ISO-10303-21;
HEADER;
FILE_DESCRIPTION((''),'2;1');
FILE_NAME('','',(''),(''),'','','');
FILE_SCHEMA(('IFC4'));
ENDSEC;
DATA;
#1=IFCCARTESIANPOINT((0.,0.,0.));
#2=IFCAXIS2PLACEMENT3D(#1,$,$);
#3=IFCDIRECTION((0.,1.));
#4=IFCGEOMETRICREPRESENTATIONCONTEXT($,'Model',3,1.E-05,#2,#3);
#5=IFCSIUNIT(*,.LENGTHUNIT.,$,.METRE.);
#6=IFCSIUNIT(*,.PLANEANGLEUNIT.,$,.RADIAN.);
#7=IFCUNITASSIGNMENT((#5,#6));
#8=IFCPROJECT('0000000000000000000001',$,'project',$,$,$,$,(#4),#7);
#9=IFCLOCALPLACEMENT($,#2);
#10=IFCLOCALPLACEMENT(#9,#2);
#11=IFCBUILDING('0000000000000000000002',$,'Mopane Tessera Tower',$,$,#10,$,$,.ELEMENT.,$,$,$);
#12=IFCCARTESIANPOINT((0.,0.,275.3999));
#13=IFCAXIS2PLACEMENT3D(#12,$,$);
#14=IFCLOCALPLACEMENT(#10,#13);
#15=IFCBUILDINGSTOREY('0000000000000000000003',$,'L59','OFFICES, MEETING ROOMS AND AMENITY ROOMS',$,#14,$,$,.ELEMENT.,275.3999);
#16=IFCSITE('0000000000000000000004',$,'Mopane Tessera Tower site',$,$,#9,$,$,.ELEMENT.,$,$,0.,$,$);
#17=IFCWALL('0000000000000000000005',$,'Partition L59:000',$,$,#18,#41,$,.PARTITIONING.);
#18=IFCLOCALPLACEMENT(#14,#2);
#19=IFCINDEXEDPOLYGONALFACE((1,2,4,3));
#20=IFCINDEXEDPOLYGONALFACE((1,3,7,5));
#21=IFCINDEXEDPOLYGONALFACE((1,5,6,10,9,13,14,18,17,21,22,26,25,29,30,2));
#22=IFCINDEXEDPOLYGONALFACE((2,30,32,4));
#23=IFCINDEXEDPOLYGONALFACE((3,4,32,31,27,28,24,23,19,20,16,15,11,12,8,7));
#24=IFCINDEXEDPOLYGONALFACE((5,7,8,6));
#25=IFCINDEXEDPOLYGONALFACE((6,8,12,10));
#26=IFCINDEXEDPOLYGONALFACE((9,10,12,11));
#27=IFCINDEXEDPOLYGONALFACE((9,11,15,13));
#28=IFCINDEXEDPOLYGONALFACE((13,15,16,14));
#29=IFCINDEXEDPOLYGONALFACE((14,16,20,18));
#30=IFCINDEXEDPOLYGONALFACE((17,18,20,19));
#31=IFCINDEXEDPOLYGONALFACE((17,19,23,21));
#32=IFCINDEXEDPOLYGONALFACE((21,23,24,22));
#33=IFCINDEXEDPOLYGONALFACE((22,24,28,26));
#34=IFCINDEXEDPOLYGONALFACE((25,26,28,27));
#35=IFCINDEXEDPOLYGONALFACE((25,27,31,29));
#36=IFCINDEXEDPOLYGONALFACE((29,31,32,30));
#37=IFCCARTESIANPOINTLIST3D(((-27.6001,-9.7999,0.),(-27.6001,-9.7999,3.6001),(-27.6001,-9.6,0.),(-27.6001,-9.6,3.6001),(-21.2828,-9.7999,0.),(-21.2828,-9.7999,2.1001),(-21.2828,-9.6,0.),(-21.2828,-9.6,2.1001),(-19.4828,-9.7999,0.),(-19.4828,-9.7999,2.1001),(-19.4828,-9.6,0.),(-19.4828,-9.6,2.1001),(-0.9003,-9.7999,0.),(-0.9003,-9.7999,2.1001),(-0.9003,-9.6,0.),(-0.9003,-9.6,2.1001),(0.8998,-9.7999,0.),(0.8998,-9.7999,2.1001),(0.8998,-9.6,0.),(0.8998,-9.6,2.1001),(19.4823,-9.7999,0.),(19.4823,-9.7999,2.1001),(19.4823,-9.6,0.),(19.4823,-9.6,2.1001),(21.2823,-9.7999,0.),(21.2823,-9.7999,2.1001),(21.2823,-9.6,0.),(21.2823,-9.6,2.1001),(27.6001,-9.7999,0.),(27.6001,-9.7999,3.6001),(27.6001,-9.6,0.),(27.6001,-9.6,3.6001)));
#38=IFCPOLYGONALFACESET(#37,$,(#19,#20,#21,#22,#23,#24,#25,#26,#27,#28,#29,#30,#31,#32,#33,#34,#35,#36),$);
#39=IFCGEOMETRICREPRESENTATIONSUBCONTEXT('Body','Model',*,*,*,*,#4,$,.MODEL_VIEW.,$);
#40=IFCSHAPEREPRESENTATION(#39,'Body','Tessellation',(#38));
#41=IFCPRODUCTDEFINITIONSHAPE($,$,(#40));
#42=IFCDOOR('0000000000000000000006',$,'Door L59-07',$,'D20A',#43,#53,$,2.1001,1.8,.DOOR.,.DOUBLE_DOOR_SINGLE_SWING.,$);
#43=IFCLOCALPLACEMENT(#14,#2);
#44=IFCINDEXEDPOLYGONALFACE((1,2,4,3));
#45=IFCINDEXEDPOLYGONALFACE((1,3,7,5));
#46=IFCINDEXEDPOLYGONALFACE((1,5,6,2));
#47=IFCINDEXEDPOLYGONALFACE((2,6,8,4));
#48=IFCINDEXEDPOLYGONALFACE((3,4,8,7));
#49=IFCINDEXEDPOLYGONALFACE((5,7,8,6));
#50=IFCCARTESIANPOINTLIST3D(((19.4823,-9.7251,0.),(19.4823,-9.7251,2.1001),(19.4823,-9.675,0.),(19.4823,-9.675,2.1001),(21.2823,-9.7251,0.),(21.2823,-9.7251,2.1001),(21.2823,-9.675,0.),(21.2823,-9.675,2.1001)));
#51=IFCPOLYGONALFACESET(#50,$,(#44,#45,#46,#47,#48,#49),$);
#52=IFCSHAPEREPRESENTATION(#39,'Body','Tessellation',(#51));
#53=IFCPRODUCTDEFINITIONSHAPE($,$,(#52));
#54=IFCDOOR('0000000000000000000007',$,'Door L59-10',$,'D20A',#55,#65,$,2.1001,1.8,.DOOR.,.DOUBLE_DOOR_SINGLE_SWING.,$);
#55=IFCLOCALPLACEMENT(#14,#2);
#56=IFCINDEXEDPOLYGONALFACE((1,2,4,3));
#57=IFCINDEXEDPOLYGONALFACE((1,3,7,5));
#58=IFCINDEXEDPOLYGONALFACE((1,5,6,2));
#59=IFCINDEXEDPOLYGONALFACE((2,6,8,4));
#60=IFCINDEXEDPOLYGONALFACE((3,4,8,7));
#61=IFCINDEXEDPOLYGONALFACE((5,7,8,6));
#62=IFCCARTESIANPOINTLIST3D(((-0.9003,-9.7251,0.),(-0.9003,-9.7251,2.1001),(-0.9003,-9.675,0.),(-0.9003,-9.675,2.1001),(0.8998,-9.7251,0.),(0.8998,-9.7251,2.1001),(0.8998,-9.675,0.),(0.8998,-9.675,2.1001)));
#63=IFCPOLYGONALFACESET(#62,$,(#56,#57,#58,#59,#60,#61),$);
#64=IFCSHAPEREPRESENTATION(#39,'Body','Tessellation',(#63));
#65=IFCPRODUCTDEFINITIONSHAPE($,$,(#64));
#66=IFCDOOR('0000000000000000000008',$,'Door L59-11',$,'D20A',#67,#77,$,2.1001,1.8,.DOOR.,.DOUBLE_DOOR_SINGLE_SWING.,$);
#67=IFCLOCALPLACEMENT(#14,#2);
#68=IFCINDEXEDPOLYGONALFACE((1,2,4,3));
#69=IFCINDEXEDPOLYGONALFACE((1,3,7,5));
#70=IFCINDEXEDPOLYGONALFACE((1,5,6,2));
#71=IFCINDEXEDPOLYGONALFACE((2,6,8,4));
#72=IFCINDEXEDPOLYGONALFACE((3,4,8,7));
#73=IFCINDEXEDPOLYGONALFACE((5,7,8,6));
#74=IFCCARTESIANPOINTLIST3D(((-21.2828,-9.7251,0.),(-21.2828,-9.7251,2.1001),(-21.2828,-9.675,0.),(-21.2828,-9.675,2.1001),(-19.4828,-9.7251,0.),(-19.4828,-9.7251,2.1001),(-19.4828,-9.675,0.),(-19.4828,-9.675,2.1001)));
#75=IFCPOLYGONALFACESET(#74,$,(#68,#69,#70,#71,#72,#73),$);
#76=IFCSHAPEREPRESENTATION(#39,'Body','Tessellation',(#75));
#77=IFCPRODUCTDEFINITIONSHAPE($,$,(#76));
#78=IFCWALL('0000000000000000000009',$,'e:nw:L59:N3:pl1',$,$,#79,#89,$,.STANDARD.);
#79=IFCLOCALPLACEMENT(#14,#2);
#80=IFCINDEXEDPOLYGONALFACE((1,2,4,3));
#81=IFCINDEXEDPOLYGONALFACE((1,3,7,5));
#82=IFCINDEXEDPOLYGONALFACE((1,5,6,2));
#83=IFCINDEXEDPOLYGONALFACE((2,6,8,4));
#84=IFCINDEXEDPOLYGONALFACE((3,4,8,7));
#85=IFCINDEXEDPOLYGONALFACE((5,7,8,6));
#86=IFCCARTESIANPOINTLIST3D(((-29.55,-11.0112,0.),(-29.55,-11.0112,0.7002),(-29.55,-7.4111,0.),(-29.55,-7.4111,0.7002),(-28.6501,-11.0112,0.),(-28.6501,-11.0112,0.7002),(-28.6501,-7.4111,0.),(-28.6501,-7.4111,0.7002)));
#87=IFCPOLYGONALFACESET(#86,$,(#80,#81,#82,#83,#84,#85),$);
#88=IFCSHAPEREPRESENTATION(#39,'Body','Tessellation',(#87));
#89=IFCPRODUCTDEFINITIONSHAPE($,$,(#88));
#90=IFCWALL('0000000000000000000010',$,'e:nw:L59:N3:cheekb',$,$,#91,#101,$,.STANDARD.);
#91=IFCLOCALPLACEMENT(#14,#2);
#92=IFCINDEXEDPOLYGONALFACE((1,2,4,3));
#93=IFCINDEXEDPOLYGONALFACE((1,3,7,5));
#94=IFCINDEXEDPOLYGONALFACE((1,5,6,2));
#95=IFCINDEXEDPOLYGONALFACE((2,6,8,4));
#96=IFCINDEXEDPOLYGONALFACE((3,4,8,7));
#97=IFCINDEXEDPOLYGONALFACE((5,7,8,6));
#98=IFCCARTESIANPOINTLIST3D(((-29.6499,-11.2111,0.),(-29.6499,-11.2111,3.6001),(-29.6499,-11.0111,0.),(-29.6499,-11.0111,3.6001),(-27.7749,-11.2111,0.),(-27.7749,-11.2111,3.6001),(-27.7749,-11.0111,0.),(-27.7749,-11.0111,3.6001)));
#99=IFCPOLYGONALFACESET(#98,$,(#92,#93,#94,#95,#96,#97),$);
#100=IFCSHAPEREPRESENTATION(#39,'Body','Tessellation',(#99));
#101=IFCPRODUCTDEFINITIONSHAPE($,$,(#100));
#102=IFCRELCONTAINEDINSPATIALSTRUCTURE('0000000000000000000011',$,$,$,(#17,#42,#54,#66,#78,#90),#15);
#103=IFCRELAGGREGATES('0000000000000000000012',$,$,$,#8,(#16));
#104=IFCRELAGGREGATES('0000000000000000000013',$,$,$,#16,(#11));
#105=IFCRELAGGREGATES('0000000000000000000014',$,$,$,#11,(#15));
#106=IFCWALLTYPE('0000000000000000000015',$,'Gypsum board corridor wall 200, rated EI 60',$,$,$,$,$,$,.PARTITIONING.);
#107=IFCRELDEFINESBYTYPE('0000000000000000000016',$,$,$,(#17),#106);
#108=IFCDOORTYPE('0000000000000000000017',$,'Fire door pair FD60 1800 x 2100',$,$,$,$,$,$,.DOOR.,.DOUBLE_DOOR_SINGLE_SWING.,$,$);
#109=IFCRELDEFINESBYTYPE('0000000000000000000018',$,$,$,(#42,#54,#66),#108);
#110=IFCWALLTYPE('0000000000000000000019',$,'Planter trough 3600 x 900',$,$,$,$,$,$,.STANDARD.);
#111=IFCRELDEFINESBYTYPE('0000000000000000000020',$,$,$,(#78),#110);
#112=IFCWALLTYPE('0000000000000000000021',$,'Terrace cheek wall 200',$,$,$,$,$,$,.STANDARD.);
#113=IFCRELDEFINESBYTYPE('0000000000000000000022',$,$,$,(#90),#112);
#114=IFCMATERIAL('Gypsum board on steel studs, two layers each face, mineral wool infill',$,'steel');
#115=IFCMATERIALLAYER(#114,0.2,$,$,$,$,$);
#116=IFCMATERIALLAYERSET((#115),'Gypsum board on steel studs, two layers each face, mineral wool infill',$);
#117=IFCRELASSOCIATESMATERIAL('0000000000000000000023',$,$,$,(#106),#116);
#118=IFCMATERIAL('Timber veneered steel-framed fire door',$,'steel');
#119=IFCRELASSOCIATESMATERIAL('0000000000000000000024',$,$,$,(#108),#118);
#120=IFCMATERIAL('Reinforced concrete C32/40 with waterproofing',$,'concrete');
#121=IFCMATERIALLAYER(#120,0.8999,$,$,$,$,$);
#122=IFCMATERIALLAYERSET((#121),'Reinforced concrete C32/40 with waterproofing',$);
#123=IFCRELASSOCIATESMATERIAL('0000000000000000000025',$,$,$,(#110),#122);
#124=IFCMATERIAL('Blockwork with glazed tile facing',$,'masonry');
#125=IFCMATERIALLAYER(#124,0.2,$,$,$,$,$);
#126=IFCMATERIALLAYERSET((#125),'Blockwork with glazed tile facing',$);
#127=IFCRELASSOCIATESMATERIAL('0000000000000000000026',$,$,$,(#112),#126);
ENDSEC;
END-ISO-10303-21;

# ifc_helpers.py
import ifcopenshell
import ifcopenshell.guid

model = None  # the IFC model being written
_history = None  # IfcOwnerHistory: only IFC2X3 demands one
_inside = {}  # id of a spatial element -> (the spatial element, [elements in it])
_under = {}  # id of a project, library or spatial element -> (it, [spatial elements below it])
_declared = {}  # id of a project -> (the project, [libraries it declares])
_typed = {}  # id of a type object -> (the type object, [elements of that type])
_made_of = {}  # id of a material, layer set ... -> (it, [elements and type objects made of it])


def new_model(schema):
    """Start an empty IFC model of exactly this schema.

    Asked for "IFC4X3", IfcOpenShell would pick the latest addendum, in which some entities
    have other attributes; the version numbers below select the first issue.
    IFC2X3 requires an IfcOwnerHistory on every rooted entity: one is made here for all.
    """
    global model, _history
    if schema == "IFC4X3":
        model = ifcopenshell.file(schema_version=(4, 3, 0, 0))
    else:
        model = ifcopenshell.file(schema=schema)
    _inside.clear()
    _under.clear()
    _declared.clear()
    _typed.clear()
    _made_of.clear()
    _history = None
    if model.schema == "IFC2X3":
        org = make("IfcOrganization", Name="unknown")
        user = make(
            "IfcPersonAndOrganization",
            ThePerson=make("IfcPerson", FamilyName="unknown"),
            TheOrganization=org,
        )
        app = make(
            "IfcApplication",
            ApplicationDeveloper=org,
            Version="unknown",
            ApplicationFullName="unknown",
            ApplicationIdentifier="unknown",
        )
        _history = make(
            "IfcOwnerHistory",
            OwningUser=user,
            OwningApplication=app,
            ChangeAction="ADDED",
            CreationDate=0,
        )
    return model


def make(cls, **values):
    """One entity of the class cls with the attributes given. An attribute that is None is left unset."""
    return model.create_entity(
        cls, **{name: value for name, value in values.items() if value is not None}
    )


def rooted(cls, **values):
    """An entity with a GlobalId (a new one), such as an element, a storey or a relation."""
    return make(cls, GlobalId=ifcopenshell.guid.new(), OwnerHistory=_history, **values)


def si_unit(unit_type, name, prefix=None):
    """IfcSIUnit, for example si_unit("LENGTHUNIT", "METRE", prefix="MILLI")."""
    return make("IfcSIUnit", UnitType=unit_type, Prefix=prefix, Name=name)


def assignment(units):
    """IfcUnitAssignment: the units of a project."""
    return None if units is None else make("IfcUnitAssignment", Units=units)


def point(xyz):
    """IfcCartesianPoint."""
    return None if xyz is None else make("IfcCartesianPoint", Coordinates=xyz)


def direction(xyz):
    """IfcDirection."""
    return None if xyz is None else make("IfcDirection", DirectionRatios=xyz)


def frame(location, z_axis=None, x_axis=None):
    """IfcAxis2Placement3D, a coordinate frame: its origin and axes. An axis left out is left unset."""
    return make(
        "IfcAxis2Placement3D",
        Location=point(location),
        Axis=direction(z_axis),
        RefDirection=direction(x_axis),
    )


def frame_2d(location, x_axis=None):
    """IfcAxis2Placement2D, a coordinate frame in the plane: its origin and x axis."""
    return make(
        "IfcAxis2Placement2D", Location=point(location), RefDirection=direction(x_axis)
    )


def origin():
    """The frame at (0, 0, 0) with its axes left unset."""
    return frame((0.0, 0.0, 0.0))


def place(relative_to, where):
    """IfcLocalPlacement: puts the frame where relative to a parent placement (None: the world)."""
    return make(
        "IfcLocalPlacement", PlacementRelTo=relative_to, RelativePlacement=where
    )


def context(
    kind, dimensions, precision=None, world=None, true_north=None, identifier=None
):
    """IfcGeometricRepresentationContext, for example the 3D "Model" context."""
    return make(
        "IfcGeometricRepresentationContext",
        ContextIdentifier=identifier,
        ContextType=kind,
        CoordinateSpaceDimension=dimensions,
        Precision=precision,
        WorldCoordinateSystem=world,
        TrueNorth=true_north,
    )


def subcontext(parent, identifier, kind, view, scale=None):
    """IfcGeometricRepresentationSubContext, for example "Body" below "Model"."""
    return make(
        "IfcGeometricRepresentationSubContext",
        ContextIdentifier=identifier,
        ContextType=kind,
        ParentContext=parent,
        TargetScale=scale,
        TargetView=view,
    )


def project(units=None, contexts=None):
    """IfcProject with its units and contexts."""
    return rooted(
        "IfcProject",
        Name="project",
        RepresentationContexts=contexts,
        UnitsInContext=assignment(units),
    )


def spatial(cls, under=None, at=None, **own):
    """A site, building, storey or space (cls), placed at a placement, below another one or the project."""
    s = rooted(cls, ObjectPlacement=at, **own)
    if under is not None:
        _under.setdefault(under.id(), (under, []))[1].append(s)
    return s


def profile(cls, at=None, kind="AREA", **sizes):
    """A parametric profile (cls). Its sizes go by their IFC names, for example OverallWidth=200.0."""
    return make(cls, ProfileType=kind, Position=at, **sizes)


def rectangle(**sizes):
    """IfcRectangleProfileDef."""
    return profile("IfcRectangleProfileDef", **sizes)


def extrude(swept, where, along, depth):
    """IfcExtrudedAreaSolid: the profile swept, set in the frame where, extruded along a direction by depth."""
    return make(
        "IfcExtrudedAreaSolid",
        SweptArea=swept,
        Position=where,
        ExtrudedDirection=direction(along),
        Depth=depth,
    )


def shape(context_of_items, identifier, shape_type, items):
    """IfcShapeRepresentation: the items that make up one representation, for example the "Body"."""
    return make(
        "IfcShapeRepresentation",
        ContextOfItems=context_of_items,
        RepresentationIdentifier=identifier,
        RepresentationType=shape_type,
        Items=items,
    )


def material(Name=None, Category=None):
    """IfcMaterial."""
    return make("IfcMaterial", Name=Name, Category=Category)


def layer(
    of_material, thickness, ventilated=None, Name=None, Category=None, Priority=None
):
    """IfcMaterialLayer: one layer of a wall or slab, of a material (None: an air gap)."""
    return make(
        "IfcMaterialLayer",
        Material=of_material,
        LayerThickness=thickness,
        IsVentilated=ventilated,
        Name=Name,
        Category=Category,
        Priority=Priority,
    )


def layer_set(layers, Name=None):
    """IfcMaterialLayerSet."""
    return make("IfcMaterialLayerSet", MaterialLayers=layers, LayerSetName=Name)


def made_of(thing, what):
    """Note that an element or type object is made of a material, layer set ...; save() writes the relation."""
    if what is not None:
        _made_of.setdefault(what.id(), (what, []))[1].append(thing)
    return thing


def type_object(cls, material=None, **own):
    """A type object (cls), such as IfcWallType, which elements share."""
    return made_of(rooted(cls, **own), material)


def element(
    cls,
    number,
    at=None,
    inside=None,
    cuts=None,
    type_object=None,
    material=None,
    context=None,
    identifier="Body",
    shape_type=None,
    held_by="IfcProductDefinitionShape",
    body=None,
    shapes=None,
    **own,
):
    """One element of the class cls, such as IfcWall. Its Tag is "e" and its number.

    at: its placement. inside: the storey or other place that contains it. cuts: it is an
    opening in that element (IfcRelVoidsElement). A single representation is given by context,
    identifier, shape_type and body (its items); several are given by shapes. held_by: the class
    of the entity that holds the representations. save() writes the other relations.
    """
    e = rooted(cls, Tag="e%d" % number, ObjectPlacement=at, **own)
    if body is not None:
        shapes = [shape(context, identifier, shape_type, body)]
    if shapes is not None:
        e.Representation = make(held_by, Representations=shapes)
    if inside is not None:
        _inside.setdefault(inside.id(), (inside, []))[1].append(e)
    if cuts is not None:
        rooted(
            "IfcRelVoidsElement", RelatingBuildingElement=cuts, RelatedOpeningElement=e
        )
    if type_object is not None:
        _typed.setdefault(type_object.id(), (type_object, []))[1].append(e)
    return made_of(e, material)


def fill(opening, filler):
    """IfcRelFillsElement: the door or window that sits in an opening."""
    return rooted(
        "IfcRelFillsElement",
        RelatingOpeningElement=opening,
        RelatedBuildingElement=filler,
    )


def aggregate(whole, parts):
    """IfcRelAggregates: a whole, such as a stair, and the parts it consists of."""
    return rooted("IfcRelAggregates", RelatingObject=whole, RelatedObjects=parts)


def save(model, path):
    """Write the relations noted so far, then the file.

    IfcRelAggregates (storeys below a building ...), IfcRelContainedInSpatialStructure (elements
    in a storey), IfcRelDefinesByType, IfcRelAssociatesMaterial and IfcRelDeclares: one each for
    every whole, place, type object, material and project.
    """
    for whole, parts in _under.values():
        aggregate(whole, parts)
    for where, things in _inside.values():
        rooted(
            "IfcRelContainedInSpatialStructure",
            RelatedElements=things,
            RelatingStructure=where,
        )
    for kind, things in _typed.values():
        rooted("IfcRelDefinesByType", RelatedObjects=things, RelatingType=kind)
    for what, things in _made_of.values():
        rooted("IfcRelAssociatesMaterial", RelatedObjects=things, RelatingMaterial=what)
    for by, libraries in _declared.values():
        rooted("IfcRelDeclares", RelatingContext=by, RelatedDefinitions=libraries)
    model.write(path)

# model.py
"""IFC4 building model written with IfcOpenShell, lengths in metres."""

from ifc_helpers import new_model, si_unit, direction, frame, frame_2d, origin, place, context, subcontext, project, spatial, rectangle, extrude, material, layer, layer_set, type_object, element, fill, save


model = new_model("IFC4")

# Units and contexts
model_context = context("Model", 3, precision=1e-05, world=origin(), true_north=direction((0.0, 1.0)))
body_context = subcontext(model_context, "Body", "Model", "MODEL_VIEW")
ifc_project = project(units=[si_unit("LENGTHUNIT", "METRE"), si_unit("PLANEANGLEUNIT", "RADIAN")], contexts=[model_context])

# Site, building, storey
site_placement = place(None, origin())
site = spatial("IfcSite", under=ifc_project, at=site_placement, Name="Mopane Tessera Tower site", CompositionType="ELEMENT", RefElevation=0.0)
building_placement = place(site_placement, origin())
building = spatial("IfcBuilding", under=site, at=building_placement, Name="Mopane Tessera Tower", CompositionType="ELEMENT")
storey_placement = place(building_placement, frame((0.0, 0.0, 275.3999)))
storey = spatial("IfcBuildingStorey", under=building, at=storey_placement, Name="L59", Description="OFFICES, MEETING ROOMS AND AMENITY ROOMS", CompositionType="ELEMENT", Elevation=275.3999)

# Wall, openings, doors
ifc_material_1 = material(Name="Gypsum board on steel studs, two layers each face, mineral wool infill", Category="steel")
ifc_layer_1 = layer(ifc_material_1, 0.2)
ifc_layer_set_1 = layer_set([ifc_layer_1], Name="Gypsum board on steel studs, two layers each face, mineral wool infill")
wall_type_1 = type_object("IfcWallType", Name="Gypsum board corridor wall 200, rated EI 60", PredefinedType="PARTITIONING", material=ifc_layer_set_1)
wall_1_placement = place(storey_placement, frame((-27.6001, -9.7, 0.0), z_axis=(0.0, 0.0, 1.0), x_axis=(1.0, 0.0, 0.0)))
wall_1 = element("IfcWall", 1, at=wall_1_placement, inside=storey, type_object=wall_type_1, Name="Partition L59:000", PredefinedType="PARTITIONING", context=body_context, shape_type="SweptSolid", body=[
    extrude(rectangle(XDim=55.2002, YDim=0.2, at=frame_2d((27.6001, 0.0))), origin(), (0.0, 0.0, 1.0), 3.6001),
])
opening_1_placement = place(wall_1_placement, frame((47.0825, 0.0, 0.0)))
opening_1 = element("IfcOpeningElement", 2, at=opening_1_placement, cuts=wall_1, PredefinedType="OPENING", context=body_context, shape_type="SweptSolid", body=[
    extrude(rectangle(XDim=1.8, YDim=2.1001, at=frame_2d((0.8999, 1.05))), frame((0.0, 0.1121, 0.0), z_axis=(0.0, -1.0, 0.0), x_axis=(1.0, 0.0, 0.0)), (0.0, 0.0, 1.0), 0.2239),
])
opening_2_placement = place(wall_1_placement, frame((26.7, 0.0, 0.0)))
opening_2 = element("IfcOpeningElement", 3, at=opening_2_placement, cuts=wall_1, PredefinedType="OPENING", context=body_context, shape_type="SweptSolid", body=[
    extrude(rectangle(XDim=1.8, YDim=2.1001, at=frame_2d((0.8999, 1.05))), frame((0.0, 0.1121, 0.0), z_axis=(0.0, -1.0, 0.0), x_axis=(1.0, 0.0, 0.0)), (0.0, 0.0, 1.0), 0.2239),
])
opening_3_placement = place(wall_1_placement, frame((6.3174, 0.0, 0.0)))
opening_3 = element("IfcOpeningElement", 4, at=opening_3_placement, cuts=wall_1, PredefinedType="OPENING", context=body_context, shape_type="SweptSolid", body=[
    extrude(rectangle(XDim=1.8, YDim=2.1001, at=frame_2d((0.8999, 1.05))), frame((0.0, 0.1121, 0.0), z_axis=(0.0, -1.0, 0.0), x_axis=(1.0, 0.0, 0.0)), (0.0, 0.0, 1.0), 0.2239),
])
ifc_material_2 = material(Name="Timber veneered steel-framed fire door", Category="steel")
door_type = type_object("IfcDoorType", Name="Fire door pair FD60 1800 x 2100", OperationType="DOUBLE_DOOR_SINGLE_SWING", PredefinedType="DOOR", material=ifc_material_2)
door_1_placement = place(opening_1_placement, origin())
door_1 = element("IfcDoor", 5, at=door_1_placement, inside=storey, type_object=door_type, Name="Door L59-07", ObjectType="D20A", OperationType="DOUBLE_DOOR_SINGLE_SWING", OverallHeight=2.1001, OverallWidth=1.8, PredefinedType="DOOR", context=body_context, shape_type="SweptSolid", body=[
    extrude(rectangle(XDim=1.8, YDim=2.1001, at=frame_2d((0.8999, 1.05))), frame((0.0, 0.0249, 0.0), z_axis=(0.0, -1.0, 0.0), x_axis=(1.0, 0.0, 0.0)), (0.0, 0.0, 1.0), 0.05),
])
fill(opening_1, door_1)
door_2_placement = place(opening_2_placement, origin())
door_2 = element("IfcDoor", 6, at=door_2_placement, inside=storey, type_object=door_type, Name="Door L59-10", ObjectType="D20A", OperationType="DOUBLE_DOOR_SINGLE_SWING", OverallHeight=2.1001, OverallWidth=1.8, PredefinedType="DOOR", context=body_context, shape_type="SweptSolid", body=[
    extrude(rectangle(XDim=1.8, YDim=2.1001, at=frame_2d((0.8999, 1.05))), frame((0.0, 0.0249, 0.0), z_axis=(0.0, -1.0, 0.0), x_axis=(1.0, 0.0, 0.0)), (0.0, 0.0, 1.0), 0.05),
])
fill(opening_2, door_2)
door_3_placement = place(opening_3_placement, origin())
door_3 = element("IfcDoor", 7, at=door_3_placement, inside=storey, type_object=door_type, Name="Door L59-11", ObjectType="D20A", OperationType="DOUBLE_DOOR_SINGLE_SWING", OverallHeight=2.1001, OverallWidth=1.8, PredefinedType="DOOR", context=body_context, shape_type="SweptSolid", body=[
    extrude(rectangle(XDim=1.8, YDim=2.1001, at=frame_2d((0.8999, 1.05))), frame((0.0, 0.0249, 0.0), z_axis=(0.0, -1.0, 0.0), x_axis=(1.0, 0.0, 0.0)), (0.0, 0.0, 1.0), 0.05),
])
fill(opening_3, door_3)

# Walls
ifc_material_3 = material(Name="Reinforced concrete C32/40 with waterproofing", Category="concrete")
ifc_layer_2 = layer(ifc_material_3, 0.8999)
ifc_layer_set_2 = layer_set([ifc_layer_2], Name="Reinforced concrete C32/40 with waterproofing")
wall_type_2 = type_object("IfcWallType", Name="Planter trough 3600 x 900", PredefinedType="STANDARD", material=ifc_layer_set_2)
wall_2_placement = place(storey_placement, frame((-29.1001, -7.4111, 0.0), z_axis=(0.0, 0.0, 1.0), x_axis=(0.0, -1.0, 0.0)))
element("IfcWall", 8, at=wall_2_placement, inside=storey, type_object=wall_type_2, Name="e:nw:L59:N3:pl1", PredefinedType="STANDARD", context=body_context, shape_type="SweptSolid", body=[
    extrude(rectangle(XDim=3.6001, YDim=0.8999, at=frame_2d((1.8, 0.0))), origin(), (0.0, 0.0, 1.0), 0.7002),
])
ifc_material_4 = material(Name="Blockwork with glazed tile facing", Category="masonry")
ifc_layer_3 = layer(ifc_material_4, 0.2)
ifc_layer_set_3 = layer_set([ifc_layer_3], Name="Blockwork with glazed tile facing")
wall_type_3 = type_object("IfcWallType", Name="Terrace cheek wall 200", PredefinedType="STANDARD", material=ifc_layer_set_3)
wall_3_placement = place(storey_placement, frame((-29.6499, -11.1111, 0.0), z_axis=(0.0, 0.0, 1.0), x_axis=(1.0, 0.0, 0.0)))
element("IfcWall", 9, at=wall_3_placement, inside=storey, type_object=wall_type_3, Name="e:nw:L59:N3:cheekb", PredefinedType="STANDARD", context=body_context, shape_type="SweptSolid", body=[
    extrude(rectangle(XDim=1.875, YDim=0.2, at=frame_2d((0.9375, 0.0))), origin(), (0.0, 0.0, 1.0), 3.6001),
])

save(model, "model.ifc")
